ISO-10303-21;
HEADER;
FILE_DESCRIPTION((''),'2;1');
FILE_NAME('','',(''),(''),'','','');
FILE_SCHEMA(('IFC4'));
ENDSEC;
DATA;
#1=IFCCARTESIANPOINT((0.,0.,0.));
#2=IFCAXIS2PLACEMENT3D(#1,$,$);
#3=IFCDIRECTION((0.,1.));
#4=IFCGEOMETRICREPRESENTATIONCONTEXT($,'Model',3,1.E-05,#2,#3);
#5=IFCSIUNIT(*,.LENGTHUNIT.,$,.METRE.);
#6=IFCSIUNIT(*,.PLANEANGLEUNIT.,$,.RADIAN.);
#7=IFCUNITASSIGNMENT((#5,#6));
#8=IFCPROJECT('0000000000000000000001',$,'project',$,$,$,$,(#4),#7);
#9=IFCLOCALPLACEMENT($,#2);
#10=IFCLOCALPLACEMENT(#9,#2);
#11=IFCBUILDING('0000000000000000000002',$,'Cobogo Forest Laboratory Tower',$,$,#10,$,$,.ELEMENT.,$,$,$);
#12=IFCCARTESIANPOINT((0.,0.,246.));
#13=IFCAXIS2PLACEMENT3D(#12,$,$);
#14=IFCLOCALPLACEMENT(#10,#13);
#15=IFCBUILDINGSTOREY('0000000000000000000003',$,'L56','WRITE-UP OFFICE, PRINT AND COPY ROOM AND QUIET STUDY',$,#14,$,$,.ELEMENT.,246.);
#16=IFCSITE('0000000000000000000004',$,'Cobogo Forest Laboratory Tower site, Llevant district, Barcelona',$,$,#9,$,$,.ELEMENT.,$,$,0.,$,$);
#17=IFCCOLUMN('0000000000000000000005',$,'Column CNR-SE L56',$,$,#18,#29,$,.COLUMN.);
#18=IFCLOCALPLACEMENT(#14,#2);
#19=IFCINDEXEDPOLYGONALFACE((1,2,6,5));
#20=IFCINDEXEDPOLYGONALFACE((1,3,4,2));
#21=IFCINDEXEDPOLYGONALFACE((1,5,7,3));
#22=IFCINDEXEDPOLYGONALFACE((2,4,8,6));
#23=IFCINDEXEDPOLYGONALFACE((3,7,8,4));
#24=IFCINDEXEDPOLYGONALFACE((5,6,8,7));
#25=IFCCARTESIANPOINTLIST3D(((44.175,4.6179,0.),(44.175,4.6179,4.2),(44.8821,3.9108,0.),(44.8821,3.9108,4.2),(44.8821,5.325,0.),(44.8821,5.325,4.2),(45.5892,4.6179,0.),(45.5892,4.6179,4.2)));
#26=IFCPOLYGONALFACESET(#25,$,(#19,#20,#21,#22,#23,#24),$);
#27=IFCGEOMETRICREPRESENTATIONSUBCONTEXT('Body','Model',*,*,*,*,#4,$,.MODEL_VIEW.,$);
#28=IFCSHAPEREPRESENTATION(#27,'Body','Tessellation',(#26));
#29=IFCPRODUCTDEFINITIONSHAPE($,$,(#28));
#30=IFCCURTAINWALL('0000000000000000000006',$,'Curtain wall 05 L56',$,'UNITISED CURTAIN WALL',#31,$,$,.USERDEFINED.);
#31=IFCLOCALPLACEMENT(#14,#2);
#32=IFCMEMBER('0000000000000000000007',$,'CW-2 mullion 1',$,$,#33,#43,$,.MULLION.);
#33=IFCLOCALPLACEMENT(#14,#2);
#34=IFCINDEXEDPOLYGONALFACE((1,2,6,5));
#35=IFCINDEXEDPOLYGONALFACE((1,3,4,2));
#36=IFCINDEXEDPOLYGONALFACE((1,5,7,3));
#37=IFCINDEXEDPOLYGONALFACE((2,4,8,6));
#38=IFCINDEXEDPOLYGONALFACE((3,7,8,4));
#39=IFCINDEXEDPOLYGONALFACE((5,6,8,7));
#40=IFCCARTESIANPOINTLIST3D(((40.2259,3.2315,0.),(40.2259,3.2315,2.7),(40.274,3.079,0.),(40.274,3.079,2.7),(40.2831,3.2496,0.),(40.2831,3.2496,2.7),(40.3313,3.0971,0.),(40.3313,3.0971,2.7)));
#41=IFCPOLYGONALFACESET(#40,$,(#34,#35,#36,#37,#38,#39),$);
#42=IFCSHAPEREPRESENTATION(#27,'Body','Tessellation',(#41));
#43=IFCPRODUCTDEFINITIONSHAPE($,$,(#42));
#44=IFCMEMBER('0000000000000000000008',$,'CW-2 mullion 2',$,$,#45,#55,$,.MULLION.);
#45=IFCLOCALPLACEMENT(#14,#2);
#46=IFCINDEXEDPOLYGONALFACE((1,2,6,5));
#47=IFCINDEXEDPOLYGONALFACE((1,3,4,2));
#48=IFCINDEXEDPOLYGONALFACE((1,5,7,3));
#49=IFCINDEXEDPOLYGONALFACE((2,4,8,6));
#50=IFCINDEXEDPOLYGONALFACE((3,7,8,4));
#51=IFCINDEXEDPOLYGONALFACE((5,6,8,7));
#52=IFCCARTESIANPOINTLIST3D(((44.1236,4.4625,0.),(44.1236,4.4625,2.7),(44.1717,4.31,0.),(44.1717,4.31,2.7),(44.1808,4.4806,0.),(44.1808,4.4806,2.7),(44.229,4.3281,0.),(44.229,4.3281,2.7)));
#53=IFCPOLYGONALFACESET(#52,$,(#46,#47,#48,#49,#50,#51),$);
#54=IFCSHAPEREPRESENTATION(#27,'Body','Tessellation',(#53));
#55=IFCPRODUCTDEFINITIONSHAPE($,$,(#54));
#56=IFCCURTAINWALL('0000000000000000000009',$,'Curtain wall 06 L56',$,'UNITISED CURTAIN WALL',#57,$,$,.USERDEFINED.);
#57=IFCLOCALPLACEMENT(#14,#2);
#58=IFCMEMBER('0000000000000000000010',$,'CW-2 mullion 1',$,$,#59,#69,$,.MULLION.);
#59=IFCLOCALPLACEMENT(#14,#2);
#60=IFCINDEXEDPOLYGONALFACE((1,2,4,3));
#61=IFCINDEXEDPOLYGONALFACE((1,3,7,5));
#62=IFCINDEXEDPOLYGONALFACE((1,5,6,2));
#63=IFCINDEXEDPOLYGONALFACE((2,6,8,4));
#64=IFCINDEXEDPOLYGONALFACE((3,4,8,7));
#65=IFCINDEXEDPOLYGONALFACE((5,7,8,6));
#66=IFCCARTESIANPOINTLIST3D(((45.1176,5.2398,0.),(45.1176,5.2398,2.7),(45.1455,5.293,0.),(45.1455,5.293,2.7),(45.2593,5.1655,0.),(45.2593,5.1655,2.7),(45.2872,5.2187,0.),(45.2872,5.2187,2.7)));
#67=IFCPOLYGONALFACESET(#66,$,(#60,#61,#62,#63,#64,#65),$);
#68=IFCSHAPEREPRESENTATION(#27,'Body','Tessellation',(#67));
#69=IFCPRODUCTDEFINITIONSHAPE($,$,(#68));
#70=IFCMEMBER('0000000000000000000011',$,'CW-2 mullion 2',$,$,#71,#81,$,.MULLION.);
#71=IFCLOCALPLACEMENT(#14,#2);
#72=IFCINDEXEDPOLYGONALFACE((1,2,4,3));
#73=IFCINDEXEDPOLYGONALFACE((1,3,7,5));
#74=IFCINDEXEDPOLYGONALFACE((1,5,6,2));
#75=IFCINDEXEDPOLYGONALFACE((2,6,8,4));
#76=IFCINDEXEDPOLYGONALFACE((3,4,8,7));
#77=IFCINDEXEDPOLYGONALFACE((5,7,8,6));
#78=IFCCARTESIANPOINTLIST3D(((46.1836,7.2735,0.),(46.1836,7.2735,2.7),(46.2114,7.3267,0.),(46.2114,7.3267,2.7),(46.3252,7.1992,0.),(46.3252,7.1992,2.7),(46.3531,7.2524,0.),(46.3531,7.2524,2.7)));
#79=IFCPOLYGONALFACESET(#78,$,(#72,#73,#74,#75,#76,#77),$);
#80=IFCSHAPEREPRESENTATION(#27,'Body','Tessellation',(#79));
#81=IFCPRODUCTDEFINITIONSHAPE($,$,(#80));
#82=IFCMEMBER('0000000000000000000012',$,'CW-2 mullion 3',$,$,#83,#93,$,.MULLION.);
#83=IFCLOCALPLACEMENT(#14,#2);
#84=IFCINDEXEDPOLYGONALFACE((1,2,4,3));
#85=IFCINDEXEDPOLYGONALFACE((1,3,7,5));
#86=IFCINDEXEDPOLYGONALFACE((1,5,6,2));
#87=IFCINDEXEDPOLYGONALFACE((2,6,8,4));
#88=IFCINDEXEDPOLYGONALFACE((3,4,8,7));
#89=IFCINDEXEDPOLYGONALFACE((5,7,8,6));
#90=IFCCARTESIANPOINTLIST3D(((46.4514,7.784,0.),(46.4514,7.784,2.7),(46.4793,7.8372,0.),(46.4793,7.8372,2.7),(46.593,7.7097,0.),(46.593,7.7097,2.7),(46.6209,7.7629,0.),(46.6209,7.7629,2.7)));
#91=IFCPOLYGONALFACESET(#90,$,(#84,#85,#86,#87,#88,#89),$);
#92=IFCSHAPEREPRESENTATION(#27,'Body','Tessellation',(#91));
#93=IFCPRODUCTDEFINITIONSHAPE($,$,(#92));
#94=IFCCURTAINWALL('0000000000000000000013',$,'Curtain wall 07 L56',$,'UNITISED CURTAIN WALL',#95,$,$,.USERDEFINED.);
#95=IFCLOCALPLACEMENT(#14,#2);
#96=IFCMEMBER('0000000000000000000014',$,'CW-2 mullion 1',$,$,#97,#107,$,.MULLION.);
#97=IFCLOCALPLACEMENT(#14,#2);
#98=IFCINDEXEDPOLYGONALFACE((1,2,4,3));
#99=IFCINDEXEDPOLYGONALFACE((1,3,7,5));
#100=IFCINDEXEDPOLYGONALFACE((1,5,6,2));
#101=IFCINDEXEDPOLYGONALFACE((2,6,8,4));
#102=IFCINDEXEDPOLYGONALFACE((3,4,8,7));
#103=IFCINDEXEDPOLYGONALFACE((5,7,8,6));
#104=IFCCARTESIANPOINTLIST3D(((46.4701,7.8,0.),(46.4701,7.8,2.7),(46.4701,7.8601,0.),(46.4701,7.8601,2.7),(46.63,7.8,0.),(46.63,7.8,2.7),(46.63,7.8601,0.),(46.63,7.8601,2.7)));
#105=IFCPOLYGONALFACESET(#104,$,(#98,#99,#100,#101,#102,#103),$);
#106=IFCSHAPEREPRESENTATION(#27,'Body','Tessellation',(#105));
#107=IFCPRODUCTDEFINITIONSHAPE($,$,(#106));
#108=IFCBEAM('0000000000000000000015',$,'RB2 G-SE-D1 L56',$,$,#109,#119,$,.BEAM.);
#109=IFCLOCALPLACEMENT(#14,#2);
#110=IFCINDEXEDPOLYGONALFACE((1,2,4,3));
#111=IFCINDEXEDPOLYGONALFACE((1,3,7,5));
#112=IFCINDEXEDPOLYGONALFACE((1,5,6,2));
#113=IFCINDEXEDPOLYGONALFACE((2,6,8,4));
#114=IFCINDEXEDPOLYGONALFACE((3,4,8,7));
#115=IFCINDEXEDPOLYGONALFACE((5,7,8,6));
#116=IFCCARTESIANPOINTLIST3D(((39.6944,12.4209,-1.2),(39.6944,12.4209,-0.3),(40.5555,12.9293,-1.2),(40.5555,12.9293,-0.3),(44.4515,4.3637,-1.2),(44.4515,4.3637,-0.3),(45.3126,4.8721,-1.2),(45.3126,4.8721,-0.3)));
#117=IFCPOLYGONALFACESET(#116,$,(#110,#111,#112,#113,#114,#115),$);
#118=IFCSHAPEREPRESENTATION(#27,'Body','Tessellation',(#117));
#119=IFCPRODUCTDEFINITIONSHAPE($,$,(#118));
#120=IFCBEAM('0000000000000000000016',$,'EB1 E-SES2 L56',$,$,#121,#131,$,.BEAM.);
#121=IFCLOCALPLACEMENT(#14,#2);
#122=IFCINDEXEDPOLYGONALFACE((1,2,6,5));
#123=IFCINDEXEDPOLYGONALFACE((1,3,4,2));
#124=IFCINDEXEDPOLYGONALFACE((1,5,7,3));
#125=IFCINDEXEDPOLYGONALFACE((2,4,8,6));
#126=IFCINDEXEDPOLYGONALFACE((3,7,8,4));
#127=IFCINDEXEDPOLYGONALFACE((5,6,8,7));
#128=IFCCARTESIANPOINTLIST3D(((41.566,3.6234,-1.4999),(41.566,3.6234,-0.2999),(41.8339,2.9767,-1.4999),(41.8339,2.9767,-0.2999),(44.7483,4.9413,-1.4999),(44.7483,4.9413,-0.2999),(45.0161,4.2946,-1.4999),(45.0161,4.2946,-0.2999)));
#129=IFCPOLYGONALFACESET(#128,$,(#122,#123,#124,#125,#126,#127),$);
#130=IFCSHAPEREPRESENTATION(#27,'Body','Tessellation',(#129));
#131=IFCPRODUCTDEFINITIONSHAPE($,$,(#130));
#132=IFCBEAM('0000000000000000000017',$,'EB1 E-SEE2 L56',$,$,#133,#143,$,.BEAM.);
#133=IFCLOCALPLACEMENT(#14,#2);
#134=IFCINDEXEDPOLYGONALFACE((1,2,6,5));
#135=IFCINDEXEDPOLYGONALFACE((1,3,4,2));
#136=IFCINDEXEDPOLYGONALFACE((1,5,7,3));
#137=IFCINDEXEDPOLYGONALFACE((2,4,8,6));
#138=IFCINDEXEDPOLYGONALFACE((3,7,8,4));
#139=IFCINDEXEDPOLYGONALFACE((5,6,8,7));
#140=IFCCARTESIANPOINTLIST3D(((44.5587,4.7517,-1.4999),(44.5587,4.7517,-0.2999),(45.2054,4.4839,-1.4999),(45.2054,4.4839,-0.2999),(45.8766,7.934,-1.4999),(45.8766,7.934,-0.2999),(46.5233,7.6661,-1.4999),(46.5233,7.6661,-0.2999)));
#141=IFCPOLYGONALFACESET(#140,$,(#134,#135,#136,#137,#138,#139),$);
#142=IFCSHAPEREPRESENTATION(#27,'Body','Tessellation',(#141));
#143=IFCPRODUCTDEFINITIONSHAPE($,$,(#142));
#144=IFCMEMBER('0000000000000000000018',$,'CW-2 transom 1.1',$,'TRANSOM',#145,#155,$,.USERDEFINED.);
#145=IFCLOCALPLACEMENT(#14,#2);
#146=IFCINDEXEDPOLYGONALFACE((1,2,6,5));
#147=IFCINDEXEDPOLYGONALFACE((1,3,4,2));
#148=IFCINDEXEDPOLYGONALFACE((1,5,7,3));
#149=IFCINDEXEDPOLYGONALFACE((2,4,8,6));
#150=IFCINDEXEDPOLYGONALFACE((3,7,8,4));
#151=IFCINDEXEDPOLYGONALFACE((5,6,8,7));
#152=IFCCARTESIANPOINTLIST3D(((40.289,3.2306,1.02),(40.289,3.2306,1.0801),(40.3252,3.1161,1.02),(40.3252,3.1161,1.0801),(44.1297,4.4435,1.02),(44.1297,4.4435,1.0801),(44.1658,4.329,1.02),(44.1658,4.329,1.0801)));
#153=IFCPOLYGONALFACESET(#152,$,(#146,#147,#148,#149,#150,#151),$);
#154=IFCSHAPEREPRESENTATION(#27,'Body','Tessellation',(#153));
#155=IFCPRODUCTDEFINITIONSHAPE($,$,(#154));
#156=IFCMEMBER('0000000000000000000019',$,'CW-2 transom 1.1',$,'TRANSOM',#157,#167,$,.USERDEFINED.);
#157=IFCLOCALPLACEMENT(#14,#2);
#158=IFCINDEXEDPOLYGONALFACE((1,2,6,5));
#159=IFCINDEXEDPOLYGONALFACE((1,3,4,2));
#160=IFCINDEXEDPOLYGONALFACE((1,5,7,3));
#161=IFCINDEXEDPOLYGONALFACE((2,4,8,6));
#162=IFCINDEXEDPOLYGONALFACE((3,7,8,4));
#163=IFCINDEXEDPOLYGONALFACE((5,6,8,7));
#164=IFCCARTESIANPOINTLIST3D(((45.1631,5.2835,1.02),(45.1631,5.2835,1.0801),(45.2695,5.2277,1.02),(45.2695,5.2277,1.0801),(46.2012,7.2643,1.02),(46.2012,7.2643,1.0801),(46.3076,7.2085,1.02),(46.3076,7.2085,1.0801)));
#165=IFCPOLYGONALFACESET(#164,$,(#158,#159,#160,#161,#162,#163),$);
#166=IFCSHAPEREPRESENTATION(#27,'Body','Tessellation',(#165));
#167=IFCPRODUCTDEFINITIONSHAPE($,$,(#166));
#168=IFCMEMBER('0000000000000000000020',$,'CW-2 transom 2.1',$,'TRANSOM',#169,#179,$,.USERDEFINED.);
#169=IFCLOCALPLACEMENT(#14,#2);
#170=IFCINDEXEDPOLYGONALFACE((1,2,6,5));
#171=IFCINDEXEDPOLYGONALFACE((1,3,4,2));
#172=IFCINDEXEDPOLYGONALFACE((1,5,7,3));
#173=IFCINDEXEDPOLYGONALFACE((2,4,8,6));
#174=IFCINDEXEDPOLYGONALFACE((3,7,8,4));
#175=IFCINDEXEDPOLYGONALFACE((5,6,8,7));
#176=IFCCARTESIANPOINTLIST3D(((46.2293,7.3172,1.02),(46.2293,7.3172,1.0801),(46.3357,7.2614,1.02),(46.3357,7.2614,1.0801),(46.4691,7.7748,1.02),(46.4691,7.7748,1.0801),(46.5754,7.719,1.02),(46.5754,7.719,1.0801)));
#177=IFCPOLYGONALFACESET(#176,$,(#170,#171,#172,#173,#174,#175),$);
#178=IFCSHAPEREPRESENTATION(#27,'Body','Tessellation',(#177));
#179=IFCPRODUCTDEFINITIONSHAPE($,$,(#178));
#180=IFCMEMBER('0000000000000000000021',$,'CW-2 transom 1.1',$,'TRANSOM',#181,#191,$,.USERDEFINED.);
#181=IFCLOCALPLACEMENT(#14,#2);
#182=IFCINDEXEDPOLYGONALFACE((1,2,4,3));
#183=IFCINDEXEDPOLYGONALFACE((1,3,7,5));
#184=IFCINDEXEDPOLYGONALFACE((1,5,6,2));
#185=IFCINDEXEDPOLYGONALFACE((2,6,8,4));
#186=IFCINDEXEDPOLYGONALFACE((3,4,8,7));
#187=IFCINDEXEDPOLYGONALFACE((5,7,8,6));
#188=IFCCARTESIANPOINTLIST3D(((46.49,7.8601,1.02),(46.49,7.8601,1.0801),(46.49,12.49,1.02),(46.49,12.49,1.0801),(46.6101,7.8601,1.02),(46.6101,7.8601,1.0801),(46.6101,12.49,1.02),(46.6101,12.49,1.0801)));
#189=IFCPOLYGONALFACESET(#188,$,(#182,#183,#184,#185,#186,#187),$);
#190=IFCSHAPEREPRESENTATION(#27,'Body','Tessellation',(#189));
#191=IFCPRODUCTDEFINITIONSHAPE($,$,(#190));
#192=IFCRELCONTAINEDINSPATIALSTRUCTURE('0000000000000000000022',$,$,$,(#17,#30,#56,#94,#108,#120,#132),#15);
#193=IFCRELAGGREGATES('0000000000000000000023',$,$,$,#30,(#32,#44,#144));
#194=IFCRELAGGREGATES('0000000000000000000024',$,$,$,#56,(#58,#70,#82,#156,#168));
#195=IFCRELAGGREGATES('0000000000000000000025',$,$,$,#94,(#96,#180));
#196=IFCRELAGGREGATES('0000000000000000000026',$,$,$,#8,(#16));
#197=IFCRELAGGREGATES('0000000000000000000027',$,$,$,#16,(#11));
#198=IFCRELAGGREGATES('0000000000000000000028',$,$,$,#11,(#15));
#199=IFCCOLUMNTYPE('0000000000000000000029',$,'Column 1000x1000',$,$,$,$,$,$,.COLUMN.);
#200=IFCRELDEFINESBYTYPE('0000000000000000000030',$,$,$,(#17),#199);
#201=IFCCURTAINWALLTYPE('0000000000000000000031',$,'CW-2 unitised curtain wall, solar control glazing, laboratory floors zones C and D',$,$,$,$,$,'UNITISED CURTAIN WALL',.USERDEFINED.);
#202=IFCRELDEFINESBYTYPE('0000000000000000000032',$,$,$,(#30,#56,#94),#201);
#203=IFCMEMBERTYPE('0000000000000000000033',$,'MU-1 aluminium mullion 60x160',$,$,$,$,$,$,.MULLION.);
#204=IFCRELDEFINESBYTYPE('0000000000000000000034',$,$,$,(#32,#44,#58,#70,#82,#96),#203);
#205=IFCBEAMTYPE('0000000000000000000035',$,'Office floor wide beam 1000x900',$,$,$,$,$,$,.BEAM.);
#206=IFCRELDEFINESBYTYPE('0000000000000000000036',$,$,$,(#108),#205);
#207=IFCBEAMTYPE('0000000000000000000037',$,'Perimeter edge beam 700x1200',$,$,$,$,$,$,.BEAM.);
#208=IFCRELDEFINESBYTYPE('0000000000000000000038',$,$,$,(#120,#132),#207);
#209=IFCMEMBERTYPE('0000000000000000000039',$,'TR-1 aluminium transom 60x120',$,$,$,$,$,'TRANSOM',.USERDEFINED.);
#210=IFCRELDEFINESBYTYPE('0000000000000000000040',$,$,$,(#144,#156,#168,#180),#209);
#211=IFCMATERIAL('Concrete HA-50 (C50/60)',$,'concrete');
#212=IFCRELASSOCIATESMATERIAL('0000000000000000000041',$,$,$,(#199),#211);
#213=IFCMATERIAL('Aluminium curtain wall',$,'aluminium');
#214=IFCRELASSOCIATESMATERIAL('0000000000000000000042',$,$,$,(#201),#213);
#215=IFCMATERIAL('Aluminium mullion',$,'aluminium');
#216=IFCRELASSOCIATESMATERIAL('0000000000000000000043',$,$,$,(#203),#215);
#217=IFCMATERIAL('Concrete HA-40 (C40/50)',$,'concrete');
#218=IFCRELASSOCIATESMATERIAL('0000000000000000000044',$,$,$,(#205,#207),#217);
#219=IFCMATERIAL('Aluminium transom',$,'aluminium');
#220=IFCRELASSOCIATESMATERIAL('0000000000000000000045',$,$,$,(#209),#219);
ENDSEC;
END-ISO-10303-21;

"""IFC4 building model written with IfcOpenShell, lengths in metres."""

from ifc_helpers import new_model, si_unit, direction, frame, origin, origin_2d, place, context, subcontext, project, spatial, rectangle, extrude, material, material_profile, profile_set, type_object, element, aggregate, save


model = new_model("IFC4")

# Units and contexts
model_context = context("Model", 3, precision=1e-05, world=origin(), true_north=direction((0.0, 1.0)))
body_context = subcontext(model_context, "Body", "Model", "MODEL_VIEW")
ifc_project = project(units=[si_unit("LENGTHUNIT", "METRE"), si_unit("PLANEANGLEUNIT", "RADIAN")], contexts=[model_context])

# Site, building, storey
site_placement = place(None, origin())
site = spatial("IfcSite", under=ifc_project, at=site_placement, Name="Cobogo Forest Laboratory Tower site, Llevant district, Barcelona", CompositionType="ELEMENT", RefElevation=0.0)
building_placement = place(site_placement, origin())
building = spatial("IfcBuilding", under=site, at=building_placement, Name="Cobogo Forest Laboratory Tower", CompositionType="ELEMENT")
storey_placement = place(building_placement, frame((0.0, 0.0, 246.0)))
storey = spatial("IfcBuildingStorey", under=building, at=storey_placement, Name="L56", Description="WRITE-UP OFFICE, PRINT AND COPY ROOM AND QUIET STUDY", CompositionType="ELEMENT", Elevation=246.0)

# Column
ifc_material_1 = material(Name="Concrete HA-50 (C50/60)", Category="concrete")
ifc_material_profile_1 = material_profile(ifc_material_1, rectangle(XDim=1.0, YDim=1.0, at=origin_2d()), Name="RC 1000x1000")
ifc_profile_set_1 = profile_set([ifc_material_profile_1], Name="Concrete HA-50 (C50/60)")
column_type = type_object("IfcColumnType", Name="Column 1000x1000", PredefinedType="COLUMN", material=ifc_profile_set_1)
column_placement = place(storey_placement, frame((44.8821, 4.6179, 0.0), z_axis=(0.0, 0.0, 1.0), x_axis=(0.707107, 0.707107, 0.0)))
element("IfcColumn", 1, at=column_placement, inside=storey, type_object=column_type, Name="Column CNR-SE L56", PredefinedType="COLUMN", context=body_context, shape_type="SweptSolid", body=[
    extrude(rectangle(XDim=1.0, YDim=1.0, at=origin_2d()), origin(), (0.0, 0.0, 1.0), 4.2),
])

# Curtain walls, members
ifc_material_2 = material(Name="Aluminium curtain wall", Category="aluminium")
curtain_wall_type = type_object("IfcCurtainWallType", Name="CW-2 unitised curtain wall, solar control glazing, laboratory floors zones C and D", ElementType="UNITISED CURTAIN WALL", PredefinedType="USERDEFINED", material=ifc_material_2)
curtain_wall_1_placement = place(storey_placement, origin())
curtain_wall_1 = element("IfcCurtainWall", 2, at=curtain_wall_1_placement, inside=storey, type_object=curtain_wall_type, Name="Curtain wall 05 L56", ObjectType="UNITISED CURTAIN WALL", PredefinedType="USERDEFINED")
ifc_material_3 = material(Name="Aluminium mullion", Category="aluminium")
ifc_material_profile_2 = material_profile(ifc_material_3, rectangle(XDim=0.0601, YDim=0.1599, at=origin_2d()), Name="AL 60x160")
ifc_profile_set_2 = profile_set([ifc_material_profile_2], Name="Aluminium mullion")
member_type_1 = type_object("IfcMemberType", Name="MU-1 aluminium mullion 60x160", PredefinedType="MULLION", material=ifc_profile_set_2)
member_1_placement = place(storey_placement, frame((40.2786, 3.1643, 0.0), z_axis=(0.0, 0.0, 1.0), x_axis=(0.953581, 0.301135, 0.0)))
member_1 = element("IfcMember", 3, at=member_1_placement, type_object=member_type_1, Name="CW-2 mullion 1", PredefinedType="MULLION", context=body_context, shape_type="SweptSolid", body=[
    extrude(rectangle(XDim=0.0601, YDim=0.1599, at=origin_2d()), origin(), (0.0, 0.0, 1.0), 2.7),
])
member_2_placement = place(storey_placement, frame((44.1763, 4.3953, 0.0), z_axis=(0.0, 0.0, 1.0), x_axis=(0.953581, 0.301135, 0.0)))
member_2 = element("IfcMember", 4, at=member_2_placement, type_object=member_type_1, Name="CW-2 mullion 2", PredefinedType="MULLION", context=body_context, shape_type="SweptSolid", body=[
    extrude(rectangle(XDim=0.0601, YDim=0.1599, at=origin_2d()), origin(), (0.0, 0.0, 1.0), 2.7),
])
curtain_wall_2_placement = place(storey_placement, origin())
curtain_wall_2 = element("IfcCurtainWall", 5, at=curtain_wall_2_placement, inside=storey, type_object=curtain_wall_type, Name="Curtain wall 06 L56", ObjectType="UNITISED CURTAIN WALL", PredefinedType="USERDEFINED")
member_3_placement = place(storey_placement, frame((45.2024, 5.2292, 0.0), z_axis=(0.0, 0.0, 1.0), x_axis=(0.464284, 0.885686, 0.0)))
member_3 = element("IfcMember", 6, at=member_3_placement, type_object=member_type_1, Name="CW-2 mullion 1", PredefinedType="MULLION", context=body_context, shape_type="SweptSolid", body=[
    extrude(rectangle(XDim=0.0601, YDim=0.1599, at=origin_2d()), origin(), (0.0, 0.0, 1.0), 2.7),
])
member_4_placement = place(storey_placement, frame((46.2683, 7.2629, 0.0), z_axis=(0.0, 0.0, 1.0), x_axis=(0.464284, 0.885686, 0.0)))
member_4 = element("IfcMember", 7, at=member_4_placement, type_object=member_type_1, Name="CW-2 mullion 2", PredefinedType="MULLION", context=body_context, shape_type="SweptSolid", body=[
    extrude(rectangle(XDim=0.0601, YDim=0.1599, at=origin_2d()), origin(), (0.0, 0.0, 1.0), 2.7),
])
member_5_placement = place(storey_placement, frame((46.5361, 7.7734, 0.0), z_axis=(0.0, 0.0, 1.0), x_axis=(0.464284, 0.885686, 0.0)))
member_5 = element("IfcMember", 8, at=member_5_placement, type_object=member_type_1, Name="CW-2 mullion 3", PredefinedType="MULLION", context=body_context, shape_type="SweptSolid", body=[
    extrude(rectangle(XDim=0.0601, YDim=0.1599, at=origin_2d()), origin(), (0.0, 0.0, 1.0), 2.7),
])

# Curtain wall, member
curtain_wall_3_placement = place(storey_placement, origin())
curtain_wall_3 = element("IfcCurtainWall", 9, at=curtain_wall_3_placement, inside=storey, type_object=curtain_wall_type, Name="Curtain wall 07 L56", ObjectType="UNITISED CURTAIN WALL", PredefinedType="USERDEFINED")
member_6_placement = place(storey_placement, frame((46.55, 7.8301, 0.0), z_axis=(0.0, 0.0, 1.0), x_axis=(0.0, 1.0, 0.0)))
member_6 = element("IfcMember", 10, at=member_6_placement, type_object=member_type_1, Name="CW-2 mullion 1", PredefinedType="MULLION", context=body_context, shape_type="SweptSolid", body=[
    extrude(rectangle(XDim=0.0601, YDim=0.1599, at=origin_2d()), origin(), (0.0, 0.0, 1.0), 2.7),
])

# Beams
ifc_material_4 = material(Name="Concrete HA-40 (C40/50)", Category="concrete")
ifc_material_profile_3 = material_profile(ifc_material_4, rectangle(XDim=1.0, YDim=0.8999, at=origin_2d()), Name="RC 1000x900")
ifc_profile_set_3 = profile_set([ifc_material_profile_3], Name="Concrete HA-40 (C40/50)")
beam_type_1 = type_object("IfcBeamType", Name="Office floor wide beam 1000x900", PredefinedType="BEAM", material=ifc_profile_set_3)
beam_placement = place(storey_placement, frame((44.8821, 4.6179, -0.75), z_axis=(-0.508416, 0.861111, 0.0), x_axis=(-0.861111, -0.508416, 0.0)))
element("IfcBeam", 11, at=beam_placement, inside=storey, type_object=beam_type_1, Name="RB2 G-SE-D1 L56", PredefinedType="BEAM", context=body_context, shape_type="SweptSolid", body=[
    extrude(rectangle(XDim=1.0, YDim=0.8999, at=origin_2d()), origin(), (0.0, 0.0, 1.0), 9.3567),
])
ifc_material_profile_4 = material_profile(ifc_material_4, rectangle(XDim=0.7, YDim=1.2, at=origin_2d()), Name="RC 700x1200")
ifc_profile_set_4 = profile_set([ifc_material_profile_4], Name="Concrete HA-40 (C40/50)")
beam_type_2 = type_object("IfcBeamType", Name="Perimeter edge beam 700x1200", PredefinedType="BEAM", material=ifc_profile_set_4)
for number, where, z_axis, x_axis, name in (
    (12, (41.7, 3.3, -0.8999), (0.923901, 0.382631, 0.0), (-0.382631, 0.923901, 0.0), "EB1 E-SES2 L56"),
    (13, (46.2, 7.8, -0.8999), (-0.382631, -0.923901, 0.0), (0.923901, -0.382631, 0.0), "EB1 E-SEE2 L56"),
):
    element("IfcBeam", number, at=place(storey_placement, frame(where, z_axis=z_axis, x_axis=x_axis)), inside=storey, type_object=beam_type_2, Name=name, PredefinedType="BEAM", context=body_context, shape_type="SweptSolid", body=[
        extrude(rectangle(XDim=0.7, YDim=1.2, at=origin_2d()), origin(), (0.0, 0.0, 1.0), 3.4443),
    ])

# Members
ifc_material_5 = material(Name="Aluminium transom", Category="aluminium")
ifc_material_profile_5 = material_profile(ifc_material_5, rectangle(XDim=0.1201, YDim=0.0601, at=origin_2d()), Name="AL 60x120")
ifc_profile_set_5 = profile_set([ifc_material_profile_5], Name="Aluminium transom")
member_type_2 = type_object("IfcMemberType", Name="TR-1 aluminium transom 60x120", ElementType="TRANSOM", PredefinedType="USERDEFINED", material=ifc_profile_set_5)
member_7_placement = place(storey_placement, frame((40.3071, 3.1733, 1.05), z_axis=(0.953577, 0.301149, 0.0), x_axis=(-0.301149, 0.953577, 0.0)))
member_7 = element("IfcMember", 14, at=member_7_placement, type_object=member_type_2, Name="CW-2 transom 1.1", ObjectType="TRANSOM", PredefinedType="USERDEFINED", context=body_context, shape_type="SweptSolid", body=[
    extrude(rectangle(XDim=0.1201, YDim=0.0601, at=origin_2d()), origin(), (0.0, 0.0, 1.0), 4.0276),
])
member_8_placement = place(storey_placement, frame((45.2163, 5.2556, 1.05), z_axis=(0.464207, 0.885727, 0.0), x_axis=(-0.885727, 0.464207, 0.0)))
member_8 = element("IfcMember", 15, at=member_8_placement, type_object=member_type_2, Name="CW-2 transom 1.1", ObjectType="TRANSOM", PredefinedType="USERDEFINED", context=body_context, shape_type="SweptSolid", body=[
    extrude(rectangle(XDim=0.1201, YDim=0.0601, at=origin_2d()), origin(), (0.0, 0.0, 1.0), 2.2363),
])
member_9_placement = place(storey_placement, frame((46.2825, 7.2893, 1.05), z_axis=(0.464148, 0.885758, 0.0), x_axis=(-0.885758, 0.464148, 0.0)))
member_9 = element("IfcMember", 16, at=member_9_placement, type_object=member_type_2, Name="CW-2 transom 2.1", ObjectType="TRANSOM", PredefinedType="USERDEFINED", context=body_context, shape_type="SweptSolid", body=[
    extrude(rectangle(XDim=0.1201, YDim=0.0601, at=origin_2d()), origin(), (0.0, 0.0, 1.0), 0.5166),
])
member_10_placement = place(storey_placement, frame((46.55, 7.8601, 1.05), z_axis=(0.0, 1.0, 0.0), x_axis=(-1.0, 0.0, 0.0)))
member_10 = element("IfcMember", 17, at=member_10_placement, type_object=member_type_2, Name="CW-2 transom 1.1", ObjectType="TRANSOM", PredefinedType="USERDEFINED", context=body_context, shape_type="SweptSolid", body=[
    extrude(rectangle(XDim=0.1201, YDim=0.0601, at=origin_2d()), origin(), (0.0, 0.0, 1.0), 4.6299),
])

aggregate(curtain_wall_1, [member_1, member_2, member_7])
aggregate(curtain_wall_2, [member_3, member_4, member_5, member_8, member_9])
aggregate(curtain_wall_3, [member_6, member_10])

save(model, "model.ifc")
